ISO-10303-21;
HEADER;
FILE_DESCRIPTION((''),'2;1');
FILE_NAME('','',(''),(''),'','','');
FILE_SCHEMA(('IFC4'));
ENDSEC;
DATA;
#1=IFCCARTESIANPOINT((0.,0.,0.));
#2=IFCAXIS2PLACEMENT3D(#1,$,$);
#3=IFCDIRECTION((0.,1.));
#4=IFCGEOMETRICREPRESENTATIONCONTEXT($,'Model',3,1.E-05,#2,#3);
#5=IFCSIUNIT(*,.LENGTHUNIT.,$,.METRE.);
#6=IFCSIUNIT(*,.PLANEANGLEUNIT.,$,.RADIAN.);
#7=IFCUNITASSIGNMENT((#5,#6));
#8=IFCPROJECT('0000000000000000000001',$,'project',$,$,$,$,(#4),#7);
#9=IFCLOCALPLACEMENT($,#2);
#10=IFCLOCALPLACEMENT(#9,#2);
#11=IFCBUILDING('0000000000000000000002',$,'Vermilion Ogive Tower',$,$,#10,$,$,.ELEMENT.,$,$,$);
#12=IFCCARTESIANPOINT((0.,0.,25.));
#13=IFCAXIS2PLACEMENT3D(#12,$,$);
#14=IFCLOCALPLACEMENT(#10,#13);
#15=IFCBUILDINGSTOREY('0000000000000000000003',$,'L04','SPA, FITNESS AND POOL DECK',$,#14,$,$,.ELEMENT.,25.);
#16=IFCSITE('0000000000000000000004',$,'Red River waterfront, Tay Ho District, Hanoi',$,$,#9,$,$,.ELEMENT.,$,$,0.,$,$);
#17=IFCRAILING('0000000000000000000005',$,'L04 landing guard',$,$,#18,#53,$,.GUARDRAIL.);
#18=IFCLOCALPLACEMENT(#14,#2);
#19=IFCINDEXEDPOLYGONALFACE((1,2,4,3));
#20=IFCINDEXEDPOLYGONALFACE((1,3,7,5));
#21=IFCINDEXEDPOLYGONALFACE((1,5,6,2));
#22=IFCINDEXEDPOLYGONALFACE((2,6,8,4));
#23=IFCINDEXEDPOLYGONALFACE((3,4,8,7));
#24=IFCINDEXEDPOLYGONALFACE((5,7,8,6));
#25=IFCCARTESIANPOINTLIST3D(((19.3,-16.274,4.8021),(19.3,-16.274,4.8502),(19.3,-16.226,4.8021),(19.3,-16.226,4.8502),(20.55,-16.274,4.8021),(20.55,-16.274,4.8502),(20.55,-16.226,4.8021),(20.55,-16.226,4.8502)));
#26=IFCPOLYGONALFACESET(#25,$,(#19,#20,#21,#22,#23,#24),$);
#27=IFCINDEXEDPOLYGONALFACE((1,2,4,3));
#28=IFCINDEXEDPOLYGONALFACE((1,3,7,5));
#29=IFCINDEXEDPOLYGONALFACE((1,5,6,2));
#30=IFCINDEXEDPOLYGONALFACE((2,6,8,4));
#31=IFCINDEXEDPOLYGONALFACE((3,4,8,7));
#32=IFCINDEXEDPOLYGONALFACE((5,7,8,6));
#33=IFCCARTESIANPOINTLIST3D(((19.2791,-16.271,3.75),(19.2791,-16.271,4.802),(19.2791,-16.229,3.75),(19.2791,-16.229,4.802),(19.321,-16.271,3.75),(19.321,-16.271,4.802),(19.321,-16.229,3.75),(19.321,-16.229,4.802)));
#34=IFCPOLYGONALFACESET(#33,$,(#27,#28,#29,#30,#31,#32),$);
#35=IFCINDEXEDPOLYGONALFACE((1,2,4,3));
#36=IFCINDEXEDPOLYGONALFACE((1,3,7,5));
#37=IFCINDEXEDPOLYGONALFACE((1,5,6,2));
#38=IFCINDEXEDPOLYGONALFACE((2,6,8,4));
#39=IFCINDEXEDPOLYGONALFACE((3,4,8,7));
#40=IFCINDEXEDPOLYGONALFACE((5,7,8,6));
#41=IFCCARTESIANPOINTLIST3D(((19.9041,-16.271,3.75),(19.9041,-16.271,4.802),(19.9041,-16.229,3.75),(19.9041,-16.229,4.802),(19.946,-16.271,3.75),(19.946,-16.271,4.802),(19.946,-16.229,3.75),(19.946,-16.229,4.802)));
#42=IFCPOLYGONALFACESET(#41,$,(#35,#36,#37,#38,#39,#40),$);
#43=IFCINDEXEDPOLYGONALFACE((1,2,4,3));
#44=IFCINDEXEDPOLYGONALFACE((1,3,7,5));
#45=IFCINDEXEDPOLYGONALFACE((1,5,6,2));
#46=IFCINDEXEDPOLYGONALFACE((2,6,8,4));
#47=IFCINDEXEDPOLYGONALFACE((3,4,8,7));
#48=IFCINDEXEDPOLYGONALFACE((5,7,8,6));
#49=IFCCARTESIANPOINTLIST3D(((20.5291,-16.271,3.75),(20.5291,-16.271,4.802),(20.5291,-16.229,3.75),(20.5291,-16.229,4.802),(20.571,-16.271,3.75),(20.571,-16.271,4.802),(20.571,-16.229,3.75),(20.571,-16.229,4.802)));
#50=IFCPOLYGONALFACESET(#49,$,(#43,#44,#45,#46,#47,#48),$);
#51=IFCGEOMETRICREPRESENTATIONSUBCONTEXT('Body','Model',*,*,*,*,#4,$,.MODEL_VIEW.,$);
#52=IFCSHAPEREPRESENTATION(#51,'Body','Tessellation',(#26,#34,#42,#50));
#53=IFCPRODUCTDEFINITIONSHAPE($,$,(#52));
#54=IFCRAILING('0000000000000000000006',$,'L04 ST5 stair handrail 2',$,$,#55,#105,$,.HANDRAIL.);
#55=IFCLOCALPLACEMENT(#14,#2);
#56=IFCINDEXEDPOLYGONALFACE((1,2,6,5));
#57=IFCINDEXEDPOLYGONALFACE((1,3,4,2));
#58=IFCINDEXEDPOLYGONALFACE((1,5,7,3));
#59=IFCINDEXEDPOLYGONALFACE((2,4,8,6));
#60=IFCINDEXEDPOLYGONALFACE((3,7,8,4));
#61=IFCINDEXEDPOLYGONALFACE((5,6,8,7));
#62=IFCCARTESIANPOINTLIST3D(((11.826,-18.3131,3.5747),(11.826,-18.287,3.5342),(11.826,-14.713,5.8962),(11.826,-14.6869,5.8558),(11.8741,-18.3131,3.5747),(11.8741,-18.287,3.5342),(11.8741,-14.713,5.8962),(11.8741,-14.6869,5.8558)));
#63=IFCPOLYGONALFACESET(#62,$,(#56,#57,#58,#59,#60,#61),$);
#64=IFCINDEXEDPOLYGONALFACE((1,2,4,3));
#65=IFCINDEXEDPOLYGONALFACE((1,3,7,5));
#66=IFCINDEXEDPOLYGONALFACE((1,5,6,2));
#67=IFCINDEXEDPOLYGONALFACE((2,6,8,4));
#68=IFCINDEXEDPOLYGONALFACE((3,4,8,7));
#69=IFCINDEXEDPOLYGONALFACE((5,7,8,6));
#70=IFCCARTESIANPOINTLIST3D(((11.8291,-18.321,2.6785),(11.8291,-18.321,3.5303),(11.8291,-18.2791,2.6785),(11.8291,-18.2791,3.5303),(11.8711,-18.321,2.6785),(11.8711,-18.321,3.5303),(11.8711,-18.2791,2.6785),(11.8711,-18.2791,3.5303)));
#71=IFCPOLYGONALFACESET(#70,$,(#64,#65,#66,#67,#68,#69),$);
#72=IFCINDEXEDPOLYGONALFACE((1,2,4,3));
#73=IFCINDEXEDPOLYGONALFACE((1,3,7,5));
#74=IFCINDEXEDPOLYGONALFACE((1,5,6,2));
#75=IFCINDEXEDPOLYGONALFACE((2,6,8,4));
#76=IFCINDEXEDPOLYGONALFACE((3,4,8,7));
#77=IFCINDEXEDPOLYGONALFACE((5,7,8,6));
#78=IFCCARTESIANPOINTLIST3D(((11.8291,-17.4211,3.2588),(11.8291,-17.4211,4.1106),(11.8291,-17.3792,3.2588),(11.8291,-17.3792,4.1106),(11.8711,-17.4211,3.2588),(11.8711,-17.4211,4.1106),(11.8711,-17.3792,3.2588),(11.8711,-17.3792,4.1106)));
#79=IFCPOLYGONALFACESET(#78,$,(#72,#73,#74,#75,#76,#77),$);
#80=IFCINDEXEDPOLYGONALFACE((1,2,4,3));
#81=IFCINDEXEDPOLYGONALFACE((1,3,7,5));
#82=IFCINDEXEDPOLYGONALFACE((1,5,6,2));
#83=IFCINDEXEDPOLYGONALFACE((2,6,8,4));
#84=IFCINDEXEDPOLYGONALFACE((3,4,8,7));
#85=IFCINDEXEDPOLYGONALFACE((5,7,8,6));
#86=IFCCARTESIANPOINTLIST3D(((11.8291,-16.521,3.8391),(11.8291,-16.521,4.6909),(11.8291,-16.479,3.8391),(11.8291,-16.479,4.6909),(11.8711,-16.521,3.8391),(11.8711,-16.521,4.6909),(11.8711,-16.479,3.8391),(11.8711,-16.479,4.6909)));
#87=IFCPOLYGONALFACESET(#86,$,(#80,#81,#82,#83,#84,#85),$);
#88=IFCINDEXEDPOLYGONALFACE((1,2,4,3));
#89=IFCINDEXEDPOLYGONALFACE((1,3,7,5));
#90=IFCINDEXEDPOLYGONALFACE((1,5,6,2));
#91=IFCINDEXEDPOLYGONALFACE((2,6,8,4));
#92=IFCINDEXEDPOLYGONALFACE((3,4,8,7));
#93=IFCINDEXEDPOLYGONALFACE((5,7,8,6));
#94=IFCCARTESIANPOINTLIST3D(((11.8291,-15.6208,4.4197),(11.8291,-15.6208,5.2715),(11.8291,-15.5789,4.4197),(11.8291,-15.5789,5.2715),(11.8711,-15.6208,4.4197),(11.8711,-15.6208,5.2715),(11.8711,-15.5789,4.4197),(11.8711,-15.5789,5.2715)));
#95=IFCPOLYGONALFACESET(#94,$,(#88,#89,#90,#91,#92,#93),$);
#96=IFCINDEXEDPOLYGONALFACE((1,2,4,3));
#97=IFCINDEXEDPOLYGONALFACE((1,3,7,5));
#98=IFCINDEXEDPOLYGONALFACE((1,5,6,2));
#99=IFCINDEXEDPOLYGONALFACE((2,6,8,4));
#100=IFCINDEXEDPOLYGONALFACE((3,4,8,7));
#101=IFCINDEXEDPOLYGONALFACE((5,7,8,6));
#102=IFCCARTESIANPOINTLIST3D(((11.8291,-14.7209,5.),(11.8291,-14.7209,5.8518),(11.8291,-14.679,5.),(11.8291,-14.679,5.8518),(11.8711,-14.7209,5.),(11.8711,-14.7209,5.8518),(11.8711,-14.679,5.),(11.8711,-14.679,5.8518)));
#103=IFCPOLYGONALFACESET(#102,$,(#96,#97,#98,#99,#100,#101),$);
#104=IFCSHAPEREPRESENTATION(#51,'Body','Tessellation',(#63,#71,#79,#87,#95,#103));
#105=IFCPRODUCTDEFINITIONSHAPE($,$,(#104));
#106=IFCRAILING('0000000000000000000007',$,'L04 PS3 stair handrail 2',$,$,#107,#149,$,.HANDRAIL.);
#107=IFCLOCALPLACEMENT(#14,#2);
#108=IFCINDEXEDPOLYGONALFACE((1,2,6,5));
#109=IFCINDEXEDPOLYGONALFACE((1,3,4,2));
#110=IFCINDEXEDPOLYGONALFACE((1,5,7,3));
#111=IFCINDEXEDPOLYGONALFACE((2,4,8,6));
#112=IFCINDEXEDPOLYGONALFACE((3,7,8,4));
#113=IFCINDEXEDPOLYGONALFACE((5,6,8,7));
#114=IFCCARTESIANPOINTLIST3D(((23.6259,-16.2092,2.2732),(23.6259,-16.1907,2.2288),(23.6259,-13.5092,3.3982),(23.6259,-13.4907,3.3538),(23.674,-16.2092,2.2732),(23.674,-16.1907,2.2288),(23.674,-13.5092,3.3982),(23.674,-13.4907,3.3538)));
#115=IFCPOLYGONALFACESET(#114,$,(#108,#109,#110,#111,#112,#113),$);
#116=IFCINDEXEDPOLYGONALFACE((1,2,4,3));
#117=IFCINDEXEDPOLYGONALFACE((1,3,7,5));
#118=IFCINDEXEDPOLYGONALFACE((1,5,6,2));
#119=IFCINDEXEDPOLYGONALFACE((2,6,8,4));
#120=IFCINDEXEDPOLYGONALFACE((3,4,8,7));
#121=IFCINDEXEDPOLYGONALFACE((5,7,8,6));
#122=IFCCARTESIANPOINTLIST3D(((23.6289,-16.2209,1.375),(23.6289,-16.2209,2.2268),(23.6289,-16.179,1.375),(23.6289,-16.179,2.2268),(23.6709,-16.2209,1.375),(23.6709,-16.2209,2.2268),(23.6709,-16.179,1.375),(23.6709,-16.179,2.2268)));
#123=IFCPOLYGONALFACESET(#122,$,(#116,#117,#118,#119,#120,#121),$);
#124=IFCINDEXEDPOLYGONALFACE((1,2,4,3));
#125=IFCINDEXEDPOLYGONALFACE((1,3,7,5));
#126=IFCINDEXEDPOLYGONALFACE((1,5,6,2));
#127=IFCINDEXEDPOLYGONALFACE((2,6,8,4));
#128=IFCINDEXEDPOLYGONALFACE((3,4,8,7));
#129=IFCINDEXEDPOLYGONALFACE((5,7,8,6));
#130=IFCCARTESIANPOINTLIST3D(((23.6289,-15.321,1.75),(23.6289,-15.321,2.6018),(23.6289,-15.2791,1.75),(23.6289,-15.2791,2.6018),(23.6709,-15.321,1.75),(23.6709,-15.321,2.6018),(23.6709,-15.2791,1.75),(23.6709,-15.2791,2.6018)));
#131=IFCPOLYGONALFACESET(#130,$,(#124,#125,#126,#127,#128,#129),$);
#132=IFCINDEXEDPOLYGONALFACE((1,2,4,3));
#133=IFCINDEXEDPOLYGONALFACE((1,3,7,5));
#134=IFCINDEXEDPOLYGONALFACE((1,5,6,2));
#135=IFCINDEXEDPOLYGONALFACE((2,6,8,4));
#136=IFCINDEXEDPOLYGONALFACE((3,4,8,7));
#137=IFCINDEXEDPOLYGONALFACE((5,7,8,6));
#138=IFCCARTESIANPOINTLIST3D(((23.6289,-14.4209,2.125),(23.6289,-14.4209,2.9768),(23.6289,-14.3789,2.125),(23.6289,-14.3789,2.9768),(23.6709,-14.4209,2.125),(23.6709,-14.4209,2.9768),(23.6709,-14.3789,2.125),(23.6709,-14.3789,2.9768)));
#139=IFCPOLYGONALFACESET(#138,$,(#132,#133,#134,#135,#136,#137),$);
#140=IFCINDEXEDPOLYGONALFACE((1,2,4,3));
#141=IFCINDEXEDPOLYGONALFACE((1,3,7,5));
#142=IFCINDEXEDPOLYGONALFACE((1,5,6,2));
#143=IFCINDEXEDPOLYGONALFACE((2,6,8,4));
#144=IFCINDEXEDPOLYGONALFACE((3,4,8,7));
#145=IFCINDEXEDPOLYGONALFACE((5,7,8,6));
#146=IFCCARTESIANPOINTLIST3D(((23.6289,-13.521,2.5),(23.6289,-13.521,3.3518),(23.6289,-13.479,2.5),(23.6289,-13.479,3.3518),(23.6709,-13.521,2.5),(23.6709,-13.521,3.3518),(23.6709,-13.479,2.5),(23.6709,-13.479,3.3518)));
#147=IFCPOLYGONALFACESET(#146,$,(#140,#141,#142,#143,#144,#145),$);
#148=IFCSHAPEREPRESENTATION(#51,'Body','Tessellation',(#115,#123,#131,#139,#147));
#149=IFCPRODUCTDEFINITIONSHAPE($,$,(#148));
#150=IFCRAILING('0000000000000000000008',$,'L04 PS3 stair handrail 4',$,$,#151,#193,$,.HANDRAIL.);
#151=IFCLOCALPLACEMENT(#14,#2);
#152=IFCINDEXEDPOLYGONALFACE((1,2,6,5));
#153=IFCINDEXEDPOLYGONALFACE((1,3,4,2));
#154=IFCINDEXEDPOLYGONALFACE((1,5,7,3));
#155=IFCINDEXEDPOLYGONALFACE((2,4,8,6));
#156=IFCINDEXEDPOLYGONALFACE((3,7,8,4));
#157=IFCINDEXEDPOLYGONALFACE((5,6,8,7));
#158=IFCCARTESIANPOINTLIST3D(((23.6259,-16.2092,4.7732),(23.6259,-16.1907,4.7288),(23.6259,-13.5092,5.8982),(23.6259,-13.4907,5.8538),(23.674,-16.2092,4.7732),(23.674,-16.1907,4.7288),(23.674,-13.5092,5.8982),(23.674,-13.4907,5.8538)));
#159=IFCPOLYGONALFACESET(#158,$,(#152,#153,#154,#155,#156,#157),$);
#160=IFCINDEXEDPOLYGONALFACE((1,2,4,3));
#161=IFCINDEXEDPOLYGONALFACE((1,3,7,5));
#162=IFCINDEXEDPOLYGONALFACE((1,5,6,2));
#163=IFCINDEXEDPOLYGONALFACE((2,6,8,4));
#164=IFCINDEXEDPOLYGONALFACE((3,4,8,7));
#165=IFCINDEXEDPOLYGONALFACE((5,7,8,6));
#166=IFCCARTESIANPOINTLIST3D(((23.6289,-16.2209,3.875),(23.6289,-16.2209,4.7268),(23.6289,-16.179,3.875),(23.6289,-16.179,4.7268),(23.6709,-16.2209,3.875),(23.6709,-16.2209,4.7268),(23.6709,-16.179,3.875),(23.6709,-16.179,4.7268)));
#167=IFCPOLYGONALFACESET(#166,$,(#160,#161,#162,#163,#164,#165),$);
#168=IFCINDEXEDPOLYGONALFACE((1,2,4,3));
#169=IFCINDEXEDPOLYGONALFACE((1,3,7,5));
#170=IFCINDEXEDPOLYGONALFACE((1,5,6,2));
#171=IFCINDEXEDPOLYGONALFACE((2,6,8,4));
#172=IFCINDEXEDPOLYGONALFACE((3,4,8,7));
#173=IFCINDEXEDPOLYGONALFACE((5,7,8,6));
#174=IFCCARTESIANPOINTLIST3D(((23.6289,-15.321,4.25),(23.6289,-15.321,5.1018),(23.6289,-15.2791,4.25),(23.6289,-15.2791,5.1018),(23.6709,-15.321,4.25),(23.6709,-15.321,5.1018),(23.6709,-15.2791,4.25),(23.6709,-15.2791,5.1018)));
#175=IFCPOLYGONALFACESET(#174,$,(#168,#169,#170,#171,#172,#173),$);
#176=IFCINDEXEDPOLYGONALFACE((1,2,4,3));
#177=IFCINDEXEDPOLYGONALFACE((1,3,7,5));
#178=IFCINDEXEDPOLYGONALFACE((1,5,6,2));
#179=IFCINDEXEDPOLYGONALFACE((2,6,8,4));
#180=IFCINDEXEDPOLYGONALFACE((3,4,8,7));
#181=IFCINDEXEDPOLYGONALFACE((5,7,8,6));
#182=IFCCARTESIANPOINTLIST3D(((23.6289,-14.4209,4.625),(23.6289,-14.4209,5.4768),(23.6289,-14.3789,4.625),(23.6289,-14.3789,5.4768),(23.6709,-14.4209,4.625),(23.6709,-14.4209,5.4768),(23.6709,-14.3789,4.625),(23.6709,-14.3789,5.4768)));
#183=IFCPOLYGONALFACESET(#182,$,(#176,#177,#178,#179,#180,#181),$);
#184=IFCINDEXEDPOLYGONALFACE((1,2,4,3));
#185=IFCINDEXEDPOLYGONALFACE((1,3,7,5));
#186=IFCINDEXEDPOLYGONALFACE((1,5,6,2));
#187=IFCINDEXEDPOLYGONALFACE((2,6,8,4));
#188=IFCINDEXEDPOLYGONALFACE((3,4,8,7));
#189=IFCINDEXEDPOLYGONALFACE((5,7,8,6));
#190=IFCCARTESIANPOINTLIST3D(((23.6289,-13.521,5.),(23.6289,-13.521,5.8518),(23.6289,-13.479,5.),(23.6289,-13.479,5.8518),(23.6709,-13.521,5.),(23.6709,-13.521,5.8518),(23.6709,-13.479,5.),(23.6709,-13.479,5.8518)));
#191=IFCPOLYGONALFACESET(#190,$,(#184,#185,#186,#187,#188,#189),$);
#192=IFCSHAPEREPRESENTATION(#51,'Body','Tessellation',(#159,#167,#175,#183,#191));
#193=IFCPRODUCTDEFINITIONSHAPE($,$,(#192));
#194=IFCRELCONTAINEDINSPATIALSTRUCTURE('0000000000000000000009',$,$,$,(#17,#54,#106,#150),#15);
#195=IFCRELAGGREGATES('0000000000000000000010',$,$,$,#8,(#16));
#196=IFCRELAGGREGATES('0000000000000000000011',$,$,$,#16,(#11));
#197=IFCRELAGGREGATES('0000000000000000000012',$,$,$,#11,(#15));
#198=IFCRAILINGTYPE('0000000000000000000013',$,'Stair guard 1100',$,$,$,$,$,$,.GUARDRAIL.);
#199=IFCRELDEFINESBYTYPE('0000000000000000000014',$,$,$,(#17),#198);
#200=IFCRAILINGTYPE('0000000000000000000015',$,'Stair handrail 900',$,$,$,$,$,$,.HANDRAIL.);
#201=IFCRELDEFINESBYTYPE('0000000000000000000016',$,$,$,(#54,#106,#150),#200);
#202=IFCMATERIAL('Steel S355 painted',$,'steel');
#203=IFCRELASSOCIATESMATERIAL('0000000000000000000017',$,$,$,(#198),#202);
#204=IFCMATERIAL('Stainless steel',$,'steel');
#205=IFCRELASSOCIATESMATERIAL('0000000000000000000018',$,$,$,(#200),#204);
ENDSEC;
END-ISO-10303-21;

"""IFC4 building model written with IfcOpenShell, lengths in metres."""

from ifc_helpers import new_model, si_unit, direction, frame, origin, origin_2d, place, context, subcontext, project, spatial, rectangle, extrude, material, type_object, element, save


model = new_model("IFC4")

# Units and contexts
model_context = context("Model", 3, precision=1e-05, world=origin(), true_north=direction((0.0, 1.0)))
body_context = subcontext(model_context, "Body", "Model", "MODEL_VIEW")
ifc_project = project(units=[si_unit("LENGTHUNIT", "METRE"), si_unit("PLANEANGLEUNIT", "RADIAN")], contexts=[model_context])

# Site, building, storey
site_placement = place(None, origin())
site = spatial("IfcSite", under=ifc_project, at=site_placement, Name="Red River waterfront, Tay Ho District, Hanoi", CompositionType="ELEMENT", RefElevation=0.0)
building_placement = place(site_placement, origin())
building = spatial("IfcBuilding", under=site, at=building_placement, Name="Vermilion Ogive Tower", CompositionType="ELEMENT")
storey_placement = place(building_placement, frame((0.0, 0.0, 25.0)))
storey = spatial("IfcBuildingStorey", under=building, at=storey_placement, Name="L04", Description="SPA, FITNESS AND POOL DECK", CompositionType="ELEMENT", Elevation=25.0)

# Railings
ifc_material_1 = material(Name="Steel S355 painted", Category="steel")
railing_type_1 = type_object("IfcRailingType", Name="Stair guard 1100", PredefinedType="GUARDRAIL", material=ifc_material_1)
railing_1_placement = place(storey_placement, frame((19.3, -16.25, 3.75)))
element("IfcRailing", 1, at=railing_1_placement, inside=storey, type_object=railing_type_1, Name="L04 landing guard", PredefinedType="GUARDRAIL", context=body_context, shape_type="SweptSolid", body=[
    extrude(rectangle(XDim=0.0481, YDim=0.0481, at=origin_2d()), frame((0.0, 0.0, 1.0762), z_axis=(1.0, 0.0, 0.0), x_axis=(0.0, 1.0, 0.0)), (0.0, 0.0, 1.0), 1.25),
    extrude(rectangle(XDim=0.042, YDim=0.042, at=origin_2d()), origin(), (0.0, 0.0, 1.0), 1.052),
    extrude(rectangle(XDim=0.042, YDim=0.042, at=origin_2d()), frame((0.625, 0.0, 0.0)), (0.0, 0.0, 1.0), 1.052),
    extrude(rectangle(XDim=0.042, YDim=0.042, at=origin_2d()), frame((1.25, 0.0, 0.0)), (0.0, 0.0, 1.0), 1.052),
])
ifc_material_2 = material(Name="Stainless steel", Category="steel")
railing_type_2 = type_object("IfcRailingType", Name="Stair handrail 900", PredefinedType="HANDRAIL", material=ifc_material_2)
railing_2_placement = place(storey_placement, frame((11.8501, -18.3, 2.6785)))
element("IfcRailing", 2, at=railing_2_placement, inside=storey, type_object=railing_type_2, Name="L04 ST5 stair handrail 2", PredefinedType="HANDRAIL", context=body_context, shape_type="SweptSolid", body=[
    extrude(rectangle(XDim=0.0481, YDim=0.0481, at=origin_2d()), frame((0.0, 0.0, 0.876), z_axis=(0.0, 0.840415, 0.541944), x_axis=(-1.0, 0.0, 0.0)), (0.0, 0.0, 1.0), 4.2837),
    extrude(rectangle(XDim=0.042, YDim=0.042, at=origin_2d()), origin(), (0.0, 0.0, 1.0), 0.8518),
    extrude(rectangle(XDim=0.042, YDim=0.042, at=origin_2d()), frame((0.0, 0.8999, 0.5803)), (0.0, 0.0, 1.0), 0.8518),
    extrude(rectangle(XDim=0.042, YDim=0.042, at=origin_2d()), frame((0.0, 1.8, 1.1606)), (0.0, 0.0, 1.0), 0.8518),
    extrude(rectangle(XDim=0.042, YDim=0.042, at=origin_2d()), frame((0.0, 2.7002, 1.7412)), (0.0, 0.0, 1.0), 0.8518),
    extrude(rectangle(XDim=0.042, YDim=0.042, at=origin_2d()), frame((0.0, 3.6001, 2.3215)), (0.0, 0.0, 1.0), 0.8518),
])
for number, where, name in (
    (3, (23.6499, -16.2, 1.375), "L04 PS3 stair handrail 2"),
    (4, (23.6499, -16.2, 3.875), "L04 PS3 stair handrail 4"),
):
    element("IfcRailing", number, at=place(storey_placement, frame(where)), inside=storey, type_object=railing_type_2, Name=name, PredefinedType="HANDRAIL", context=body_context, shape_type="SweptSolid", body=[
        extrude(rectangle(XDim=0.0481, YDim=0.0481, at=origin_2d()), frame((0.0, 0.0, 0.876), z_axis=(0.0, 0.923074, 0.384621), x_axis=(-1.0, 0.0, 0.0)), (0.0, 0.0, 1.0), 2.925),
        extrude(rectangle(XDim=0.042, YDim=0.042, at=origin_2d()), origin(), (0.0, 0.0, 1.0), 0.8518),
        extrude(rectangle(XDim=0.042, YDim=0.042, at=origin_2d()), frame((0.0, 0.8999, 0.375)), (0.0, 0.0, 1.0), 0.8518),
        extrude(rectangle(XDim=0.042, YDim=0.042, at=origin_2d()), frame((0.0, 1.8, 0.75)), (0.0, 0.0, 1.0), 0.8518),
        extrude(rectangle(XDim=0.042, YDim=0.042, at=origin_2d()), frame((0.0, 2.7, 1.125)), (0.0, 0.0, 1.0), 0.8518),
    ])

save(model, "model.ifc")
